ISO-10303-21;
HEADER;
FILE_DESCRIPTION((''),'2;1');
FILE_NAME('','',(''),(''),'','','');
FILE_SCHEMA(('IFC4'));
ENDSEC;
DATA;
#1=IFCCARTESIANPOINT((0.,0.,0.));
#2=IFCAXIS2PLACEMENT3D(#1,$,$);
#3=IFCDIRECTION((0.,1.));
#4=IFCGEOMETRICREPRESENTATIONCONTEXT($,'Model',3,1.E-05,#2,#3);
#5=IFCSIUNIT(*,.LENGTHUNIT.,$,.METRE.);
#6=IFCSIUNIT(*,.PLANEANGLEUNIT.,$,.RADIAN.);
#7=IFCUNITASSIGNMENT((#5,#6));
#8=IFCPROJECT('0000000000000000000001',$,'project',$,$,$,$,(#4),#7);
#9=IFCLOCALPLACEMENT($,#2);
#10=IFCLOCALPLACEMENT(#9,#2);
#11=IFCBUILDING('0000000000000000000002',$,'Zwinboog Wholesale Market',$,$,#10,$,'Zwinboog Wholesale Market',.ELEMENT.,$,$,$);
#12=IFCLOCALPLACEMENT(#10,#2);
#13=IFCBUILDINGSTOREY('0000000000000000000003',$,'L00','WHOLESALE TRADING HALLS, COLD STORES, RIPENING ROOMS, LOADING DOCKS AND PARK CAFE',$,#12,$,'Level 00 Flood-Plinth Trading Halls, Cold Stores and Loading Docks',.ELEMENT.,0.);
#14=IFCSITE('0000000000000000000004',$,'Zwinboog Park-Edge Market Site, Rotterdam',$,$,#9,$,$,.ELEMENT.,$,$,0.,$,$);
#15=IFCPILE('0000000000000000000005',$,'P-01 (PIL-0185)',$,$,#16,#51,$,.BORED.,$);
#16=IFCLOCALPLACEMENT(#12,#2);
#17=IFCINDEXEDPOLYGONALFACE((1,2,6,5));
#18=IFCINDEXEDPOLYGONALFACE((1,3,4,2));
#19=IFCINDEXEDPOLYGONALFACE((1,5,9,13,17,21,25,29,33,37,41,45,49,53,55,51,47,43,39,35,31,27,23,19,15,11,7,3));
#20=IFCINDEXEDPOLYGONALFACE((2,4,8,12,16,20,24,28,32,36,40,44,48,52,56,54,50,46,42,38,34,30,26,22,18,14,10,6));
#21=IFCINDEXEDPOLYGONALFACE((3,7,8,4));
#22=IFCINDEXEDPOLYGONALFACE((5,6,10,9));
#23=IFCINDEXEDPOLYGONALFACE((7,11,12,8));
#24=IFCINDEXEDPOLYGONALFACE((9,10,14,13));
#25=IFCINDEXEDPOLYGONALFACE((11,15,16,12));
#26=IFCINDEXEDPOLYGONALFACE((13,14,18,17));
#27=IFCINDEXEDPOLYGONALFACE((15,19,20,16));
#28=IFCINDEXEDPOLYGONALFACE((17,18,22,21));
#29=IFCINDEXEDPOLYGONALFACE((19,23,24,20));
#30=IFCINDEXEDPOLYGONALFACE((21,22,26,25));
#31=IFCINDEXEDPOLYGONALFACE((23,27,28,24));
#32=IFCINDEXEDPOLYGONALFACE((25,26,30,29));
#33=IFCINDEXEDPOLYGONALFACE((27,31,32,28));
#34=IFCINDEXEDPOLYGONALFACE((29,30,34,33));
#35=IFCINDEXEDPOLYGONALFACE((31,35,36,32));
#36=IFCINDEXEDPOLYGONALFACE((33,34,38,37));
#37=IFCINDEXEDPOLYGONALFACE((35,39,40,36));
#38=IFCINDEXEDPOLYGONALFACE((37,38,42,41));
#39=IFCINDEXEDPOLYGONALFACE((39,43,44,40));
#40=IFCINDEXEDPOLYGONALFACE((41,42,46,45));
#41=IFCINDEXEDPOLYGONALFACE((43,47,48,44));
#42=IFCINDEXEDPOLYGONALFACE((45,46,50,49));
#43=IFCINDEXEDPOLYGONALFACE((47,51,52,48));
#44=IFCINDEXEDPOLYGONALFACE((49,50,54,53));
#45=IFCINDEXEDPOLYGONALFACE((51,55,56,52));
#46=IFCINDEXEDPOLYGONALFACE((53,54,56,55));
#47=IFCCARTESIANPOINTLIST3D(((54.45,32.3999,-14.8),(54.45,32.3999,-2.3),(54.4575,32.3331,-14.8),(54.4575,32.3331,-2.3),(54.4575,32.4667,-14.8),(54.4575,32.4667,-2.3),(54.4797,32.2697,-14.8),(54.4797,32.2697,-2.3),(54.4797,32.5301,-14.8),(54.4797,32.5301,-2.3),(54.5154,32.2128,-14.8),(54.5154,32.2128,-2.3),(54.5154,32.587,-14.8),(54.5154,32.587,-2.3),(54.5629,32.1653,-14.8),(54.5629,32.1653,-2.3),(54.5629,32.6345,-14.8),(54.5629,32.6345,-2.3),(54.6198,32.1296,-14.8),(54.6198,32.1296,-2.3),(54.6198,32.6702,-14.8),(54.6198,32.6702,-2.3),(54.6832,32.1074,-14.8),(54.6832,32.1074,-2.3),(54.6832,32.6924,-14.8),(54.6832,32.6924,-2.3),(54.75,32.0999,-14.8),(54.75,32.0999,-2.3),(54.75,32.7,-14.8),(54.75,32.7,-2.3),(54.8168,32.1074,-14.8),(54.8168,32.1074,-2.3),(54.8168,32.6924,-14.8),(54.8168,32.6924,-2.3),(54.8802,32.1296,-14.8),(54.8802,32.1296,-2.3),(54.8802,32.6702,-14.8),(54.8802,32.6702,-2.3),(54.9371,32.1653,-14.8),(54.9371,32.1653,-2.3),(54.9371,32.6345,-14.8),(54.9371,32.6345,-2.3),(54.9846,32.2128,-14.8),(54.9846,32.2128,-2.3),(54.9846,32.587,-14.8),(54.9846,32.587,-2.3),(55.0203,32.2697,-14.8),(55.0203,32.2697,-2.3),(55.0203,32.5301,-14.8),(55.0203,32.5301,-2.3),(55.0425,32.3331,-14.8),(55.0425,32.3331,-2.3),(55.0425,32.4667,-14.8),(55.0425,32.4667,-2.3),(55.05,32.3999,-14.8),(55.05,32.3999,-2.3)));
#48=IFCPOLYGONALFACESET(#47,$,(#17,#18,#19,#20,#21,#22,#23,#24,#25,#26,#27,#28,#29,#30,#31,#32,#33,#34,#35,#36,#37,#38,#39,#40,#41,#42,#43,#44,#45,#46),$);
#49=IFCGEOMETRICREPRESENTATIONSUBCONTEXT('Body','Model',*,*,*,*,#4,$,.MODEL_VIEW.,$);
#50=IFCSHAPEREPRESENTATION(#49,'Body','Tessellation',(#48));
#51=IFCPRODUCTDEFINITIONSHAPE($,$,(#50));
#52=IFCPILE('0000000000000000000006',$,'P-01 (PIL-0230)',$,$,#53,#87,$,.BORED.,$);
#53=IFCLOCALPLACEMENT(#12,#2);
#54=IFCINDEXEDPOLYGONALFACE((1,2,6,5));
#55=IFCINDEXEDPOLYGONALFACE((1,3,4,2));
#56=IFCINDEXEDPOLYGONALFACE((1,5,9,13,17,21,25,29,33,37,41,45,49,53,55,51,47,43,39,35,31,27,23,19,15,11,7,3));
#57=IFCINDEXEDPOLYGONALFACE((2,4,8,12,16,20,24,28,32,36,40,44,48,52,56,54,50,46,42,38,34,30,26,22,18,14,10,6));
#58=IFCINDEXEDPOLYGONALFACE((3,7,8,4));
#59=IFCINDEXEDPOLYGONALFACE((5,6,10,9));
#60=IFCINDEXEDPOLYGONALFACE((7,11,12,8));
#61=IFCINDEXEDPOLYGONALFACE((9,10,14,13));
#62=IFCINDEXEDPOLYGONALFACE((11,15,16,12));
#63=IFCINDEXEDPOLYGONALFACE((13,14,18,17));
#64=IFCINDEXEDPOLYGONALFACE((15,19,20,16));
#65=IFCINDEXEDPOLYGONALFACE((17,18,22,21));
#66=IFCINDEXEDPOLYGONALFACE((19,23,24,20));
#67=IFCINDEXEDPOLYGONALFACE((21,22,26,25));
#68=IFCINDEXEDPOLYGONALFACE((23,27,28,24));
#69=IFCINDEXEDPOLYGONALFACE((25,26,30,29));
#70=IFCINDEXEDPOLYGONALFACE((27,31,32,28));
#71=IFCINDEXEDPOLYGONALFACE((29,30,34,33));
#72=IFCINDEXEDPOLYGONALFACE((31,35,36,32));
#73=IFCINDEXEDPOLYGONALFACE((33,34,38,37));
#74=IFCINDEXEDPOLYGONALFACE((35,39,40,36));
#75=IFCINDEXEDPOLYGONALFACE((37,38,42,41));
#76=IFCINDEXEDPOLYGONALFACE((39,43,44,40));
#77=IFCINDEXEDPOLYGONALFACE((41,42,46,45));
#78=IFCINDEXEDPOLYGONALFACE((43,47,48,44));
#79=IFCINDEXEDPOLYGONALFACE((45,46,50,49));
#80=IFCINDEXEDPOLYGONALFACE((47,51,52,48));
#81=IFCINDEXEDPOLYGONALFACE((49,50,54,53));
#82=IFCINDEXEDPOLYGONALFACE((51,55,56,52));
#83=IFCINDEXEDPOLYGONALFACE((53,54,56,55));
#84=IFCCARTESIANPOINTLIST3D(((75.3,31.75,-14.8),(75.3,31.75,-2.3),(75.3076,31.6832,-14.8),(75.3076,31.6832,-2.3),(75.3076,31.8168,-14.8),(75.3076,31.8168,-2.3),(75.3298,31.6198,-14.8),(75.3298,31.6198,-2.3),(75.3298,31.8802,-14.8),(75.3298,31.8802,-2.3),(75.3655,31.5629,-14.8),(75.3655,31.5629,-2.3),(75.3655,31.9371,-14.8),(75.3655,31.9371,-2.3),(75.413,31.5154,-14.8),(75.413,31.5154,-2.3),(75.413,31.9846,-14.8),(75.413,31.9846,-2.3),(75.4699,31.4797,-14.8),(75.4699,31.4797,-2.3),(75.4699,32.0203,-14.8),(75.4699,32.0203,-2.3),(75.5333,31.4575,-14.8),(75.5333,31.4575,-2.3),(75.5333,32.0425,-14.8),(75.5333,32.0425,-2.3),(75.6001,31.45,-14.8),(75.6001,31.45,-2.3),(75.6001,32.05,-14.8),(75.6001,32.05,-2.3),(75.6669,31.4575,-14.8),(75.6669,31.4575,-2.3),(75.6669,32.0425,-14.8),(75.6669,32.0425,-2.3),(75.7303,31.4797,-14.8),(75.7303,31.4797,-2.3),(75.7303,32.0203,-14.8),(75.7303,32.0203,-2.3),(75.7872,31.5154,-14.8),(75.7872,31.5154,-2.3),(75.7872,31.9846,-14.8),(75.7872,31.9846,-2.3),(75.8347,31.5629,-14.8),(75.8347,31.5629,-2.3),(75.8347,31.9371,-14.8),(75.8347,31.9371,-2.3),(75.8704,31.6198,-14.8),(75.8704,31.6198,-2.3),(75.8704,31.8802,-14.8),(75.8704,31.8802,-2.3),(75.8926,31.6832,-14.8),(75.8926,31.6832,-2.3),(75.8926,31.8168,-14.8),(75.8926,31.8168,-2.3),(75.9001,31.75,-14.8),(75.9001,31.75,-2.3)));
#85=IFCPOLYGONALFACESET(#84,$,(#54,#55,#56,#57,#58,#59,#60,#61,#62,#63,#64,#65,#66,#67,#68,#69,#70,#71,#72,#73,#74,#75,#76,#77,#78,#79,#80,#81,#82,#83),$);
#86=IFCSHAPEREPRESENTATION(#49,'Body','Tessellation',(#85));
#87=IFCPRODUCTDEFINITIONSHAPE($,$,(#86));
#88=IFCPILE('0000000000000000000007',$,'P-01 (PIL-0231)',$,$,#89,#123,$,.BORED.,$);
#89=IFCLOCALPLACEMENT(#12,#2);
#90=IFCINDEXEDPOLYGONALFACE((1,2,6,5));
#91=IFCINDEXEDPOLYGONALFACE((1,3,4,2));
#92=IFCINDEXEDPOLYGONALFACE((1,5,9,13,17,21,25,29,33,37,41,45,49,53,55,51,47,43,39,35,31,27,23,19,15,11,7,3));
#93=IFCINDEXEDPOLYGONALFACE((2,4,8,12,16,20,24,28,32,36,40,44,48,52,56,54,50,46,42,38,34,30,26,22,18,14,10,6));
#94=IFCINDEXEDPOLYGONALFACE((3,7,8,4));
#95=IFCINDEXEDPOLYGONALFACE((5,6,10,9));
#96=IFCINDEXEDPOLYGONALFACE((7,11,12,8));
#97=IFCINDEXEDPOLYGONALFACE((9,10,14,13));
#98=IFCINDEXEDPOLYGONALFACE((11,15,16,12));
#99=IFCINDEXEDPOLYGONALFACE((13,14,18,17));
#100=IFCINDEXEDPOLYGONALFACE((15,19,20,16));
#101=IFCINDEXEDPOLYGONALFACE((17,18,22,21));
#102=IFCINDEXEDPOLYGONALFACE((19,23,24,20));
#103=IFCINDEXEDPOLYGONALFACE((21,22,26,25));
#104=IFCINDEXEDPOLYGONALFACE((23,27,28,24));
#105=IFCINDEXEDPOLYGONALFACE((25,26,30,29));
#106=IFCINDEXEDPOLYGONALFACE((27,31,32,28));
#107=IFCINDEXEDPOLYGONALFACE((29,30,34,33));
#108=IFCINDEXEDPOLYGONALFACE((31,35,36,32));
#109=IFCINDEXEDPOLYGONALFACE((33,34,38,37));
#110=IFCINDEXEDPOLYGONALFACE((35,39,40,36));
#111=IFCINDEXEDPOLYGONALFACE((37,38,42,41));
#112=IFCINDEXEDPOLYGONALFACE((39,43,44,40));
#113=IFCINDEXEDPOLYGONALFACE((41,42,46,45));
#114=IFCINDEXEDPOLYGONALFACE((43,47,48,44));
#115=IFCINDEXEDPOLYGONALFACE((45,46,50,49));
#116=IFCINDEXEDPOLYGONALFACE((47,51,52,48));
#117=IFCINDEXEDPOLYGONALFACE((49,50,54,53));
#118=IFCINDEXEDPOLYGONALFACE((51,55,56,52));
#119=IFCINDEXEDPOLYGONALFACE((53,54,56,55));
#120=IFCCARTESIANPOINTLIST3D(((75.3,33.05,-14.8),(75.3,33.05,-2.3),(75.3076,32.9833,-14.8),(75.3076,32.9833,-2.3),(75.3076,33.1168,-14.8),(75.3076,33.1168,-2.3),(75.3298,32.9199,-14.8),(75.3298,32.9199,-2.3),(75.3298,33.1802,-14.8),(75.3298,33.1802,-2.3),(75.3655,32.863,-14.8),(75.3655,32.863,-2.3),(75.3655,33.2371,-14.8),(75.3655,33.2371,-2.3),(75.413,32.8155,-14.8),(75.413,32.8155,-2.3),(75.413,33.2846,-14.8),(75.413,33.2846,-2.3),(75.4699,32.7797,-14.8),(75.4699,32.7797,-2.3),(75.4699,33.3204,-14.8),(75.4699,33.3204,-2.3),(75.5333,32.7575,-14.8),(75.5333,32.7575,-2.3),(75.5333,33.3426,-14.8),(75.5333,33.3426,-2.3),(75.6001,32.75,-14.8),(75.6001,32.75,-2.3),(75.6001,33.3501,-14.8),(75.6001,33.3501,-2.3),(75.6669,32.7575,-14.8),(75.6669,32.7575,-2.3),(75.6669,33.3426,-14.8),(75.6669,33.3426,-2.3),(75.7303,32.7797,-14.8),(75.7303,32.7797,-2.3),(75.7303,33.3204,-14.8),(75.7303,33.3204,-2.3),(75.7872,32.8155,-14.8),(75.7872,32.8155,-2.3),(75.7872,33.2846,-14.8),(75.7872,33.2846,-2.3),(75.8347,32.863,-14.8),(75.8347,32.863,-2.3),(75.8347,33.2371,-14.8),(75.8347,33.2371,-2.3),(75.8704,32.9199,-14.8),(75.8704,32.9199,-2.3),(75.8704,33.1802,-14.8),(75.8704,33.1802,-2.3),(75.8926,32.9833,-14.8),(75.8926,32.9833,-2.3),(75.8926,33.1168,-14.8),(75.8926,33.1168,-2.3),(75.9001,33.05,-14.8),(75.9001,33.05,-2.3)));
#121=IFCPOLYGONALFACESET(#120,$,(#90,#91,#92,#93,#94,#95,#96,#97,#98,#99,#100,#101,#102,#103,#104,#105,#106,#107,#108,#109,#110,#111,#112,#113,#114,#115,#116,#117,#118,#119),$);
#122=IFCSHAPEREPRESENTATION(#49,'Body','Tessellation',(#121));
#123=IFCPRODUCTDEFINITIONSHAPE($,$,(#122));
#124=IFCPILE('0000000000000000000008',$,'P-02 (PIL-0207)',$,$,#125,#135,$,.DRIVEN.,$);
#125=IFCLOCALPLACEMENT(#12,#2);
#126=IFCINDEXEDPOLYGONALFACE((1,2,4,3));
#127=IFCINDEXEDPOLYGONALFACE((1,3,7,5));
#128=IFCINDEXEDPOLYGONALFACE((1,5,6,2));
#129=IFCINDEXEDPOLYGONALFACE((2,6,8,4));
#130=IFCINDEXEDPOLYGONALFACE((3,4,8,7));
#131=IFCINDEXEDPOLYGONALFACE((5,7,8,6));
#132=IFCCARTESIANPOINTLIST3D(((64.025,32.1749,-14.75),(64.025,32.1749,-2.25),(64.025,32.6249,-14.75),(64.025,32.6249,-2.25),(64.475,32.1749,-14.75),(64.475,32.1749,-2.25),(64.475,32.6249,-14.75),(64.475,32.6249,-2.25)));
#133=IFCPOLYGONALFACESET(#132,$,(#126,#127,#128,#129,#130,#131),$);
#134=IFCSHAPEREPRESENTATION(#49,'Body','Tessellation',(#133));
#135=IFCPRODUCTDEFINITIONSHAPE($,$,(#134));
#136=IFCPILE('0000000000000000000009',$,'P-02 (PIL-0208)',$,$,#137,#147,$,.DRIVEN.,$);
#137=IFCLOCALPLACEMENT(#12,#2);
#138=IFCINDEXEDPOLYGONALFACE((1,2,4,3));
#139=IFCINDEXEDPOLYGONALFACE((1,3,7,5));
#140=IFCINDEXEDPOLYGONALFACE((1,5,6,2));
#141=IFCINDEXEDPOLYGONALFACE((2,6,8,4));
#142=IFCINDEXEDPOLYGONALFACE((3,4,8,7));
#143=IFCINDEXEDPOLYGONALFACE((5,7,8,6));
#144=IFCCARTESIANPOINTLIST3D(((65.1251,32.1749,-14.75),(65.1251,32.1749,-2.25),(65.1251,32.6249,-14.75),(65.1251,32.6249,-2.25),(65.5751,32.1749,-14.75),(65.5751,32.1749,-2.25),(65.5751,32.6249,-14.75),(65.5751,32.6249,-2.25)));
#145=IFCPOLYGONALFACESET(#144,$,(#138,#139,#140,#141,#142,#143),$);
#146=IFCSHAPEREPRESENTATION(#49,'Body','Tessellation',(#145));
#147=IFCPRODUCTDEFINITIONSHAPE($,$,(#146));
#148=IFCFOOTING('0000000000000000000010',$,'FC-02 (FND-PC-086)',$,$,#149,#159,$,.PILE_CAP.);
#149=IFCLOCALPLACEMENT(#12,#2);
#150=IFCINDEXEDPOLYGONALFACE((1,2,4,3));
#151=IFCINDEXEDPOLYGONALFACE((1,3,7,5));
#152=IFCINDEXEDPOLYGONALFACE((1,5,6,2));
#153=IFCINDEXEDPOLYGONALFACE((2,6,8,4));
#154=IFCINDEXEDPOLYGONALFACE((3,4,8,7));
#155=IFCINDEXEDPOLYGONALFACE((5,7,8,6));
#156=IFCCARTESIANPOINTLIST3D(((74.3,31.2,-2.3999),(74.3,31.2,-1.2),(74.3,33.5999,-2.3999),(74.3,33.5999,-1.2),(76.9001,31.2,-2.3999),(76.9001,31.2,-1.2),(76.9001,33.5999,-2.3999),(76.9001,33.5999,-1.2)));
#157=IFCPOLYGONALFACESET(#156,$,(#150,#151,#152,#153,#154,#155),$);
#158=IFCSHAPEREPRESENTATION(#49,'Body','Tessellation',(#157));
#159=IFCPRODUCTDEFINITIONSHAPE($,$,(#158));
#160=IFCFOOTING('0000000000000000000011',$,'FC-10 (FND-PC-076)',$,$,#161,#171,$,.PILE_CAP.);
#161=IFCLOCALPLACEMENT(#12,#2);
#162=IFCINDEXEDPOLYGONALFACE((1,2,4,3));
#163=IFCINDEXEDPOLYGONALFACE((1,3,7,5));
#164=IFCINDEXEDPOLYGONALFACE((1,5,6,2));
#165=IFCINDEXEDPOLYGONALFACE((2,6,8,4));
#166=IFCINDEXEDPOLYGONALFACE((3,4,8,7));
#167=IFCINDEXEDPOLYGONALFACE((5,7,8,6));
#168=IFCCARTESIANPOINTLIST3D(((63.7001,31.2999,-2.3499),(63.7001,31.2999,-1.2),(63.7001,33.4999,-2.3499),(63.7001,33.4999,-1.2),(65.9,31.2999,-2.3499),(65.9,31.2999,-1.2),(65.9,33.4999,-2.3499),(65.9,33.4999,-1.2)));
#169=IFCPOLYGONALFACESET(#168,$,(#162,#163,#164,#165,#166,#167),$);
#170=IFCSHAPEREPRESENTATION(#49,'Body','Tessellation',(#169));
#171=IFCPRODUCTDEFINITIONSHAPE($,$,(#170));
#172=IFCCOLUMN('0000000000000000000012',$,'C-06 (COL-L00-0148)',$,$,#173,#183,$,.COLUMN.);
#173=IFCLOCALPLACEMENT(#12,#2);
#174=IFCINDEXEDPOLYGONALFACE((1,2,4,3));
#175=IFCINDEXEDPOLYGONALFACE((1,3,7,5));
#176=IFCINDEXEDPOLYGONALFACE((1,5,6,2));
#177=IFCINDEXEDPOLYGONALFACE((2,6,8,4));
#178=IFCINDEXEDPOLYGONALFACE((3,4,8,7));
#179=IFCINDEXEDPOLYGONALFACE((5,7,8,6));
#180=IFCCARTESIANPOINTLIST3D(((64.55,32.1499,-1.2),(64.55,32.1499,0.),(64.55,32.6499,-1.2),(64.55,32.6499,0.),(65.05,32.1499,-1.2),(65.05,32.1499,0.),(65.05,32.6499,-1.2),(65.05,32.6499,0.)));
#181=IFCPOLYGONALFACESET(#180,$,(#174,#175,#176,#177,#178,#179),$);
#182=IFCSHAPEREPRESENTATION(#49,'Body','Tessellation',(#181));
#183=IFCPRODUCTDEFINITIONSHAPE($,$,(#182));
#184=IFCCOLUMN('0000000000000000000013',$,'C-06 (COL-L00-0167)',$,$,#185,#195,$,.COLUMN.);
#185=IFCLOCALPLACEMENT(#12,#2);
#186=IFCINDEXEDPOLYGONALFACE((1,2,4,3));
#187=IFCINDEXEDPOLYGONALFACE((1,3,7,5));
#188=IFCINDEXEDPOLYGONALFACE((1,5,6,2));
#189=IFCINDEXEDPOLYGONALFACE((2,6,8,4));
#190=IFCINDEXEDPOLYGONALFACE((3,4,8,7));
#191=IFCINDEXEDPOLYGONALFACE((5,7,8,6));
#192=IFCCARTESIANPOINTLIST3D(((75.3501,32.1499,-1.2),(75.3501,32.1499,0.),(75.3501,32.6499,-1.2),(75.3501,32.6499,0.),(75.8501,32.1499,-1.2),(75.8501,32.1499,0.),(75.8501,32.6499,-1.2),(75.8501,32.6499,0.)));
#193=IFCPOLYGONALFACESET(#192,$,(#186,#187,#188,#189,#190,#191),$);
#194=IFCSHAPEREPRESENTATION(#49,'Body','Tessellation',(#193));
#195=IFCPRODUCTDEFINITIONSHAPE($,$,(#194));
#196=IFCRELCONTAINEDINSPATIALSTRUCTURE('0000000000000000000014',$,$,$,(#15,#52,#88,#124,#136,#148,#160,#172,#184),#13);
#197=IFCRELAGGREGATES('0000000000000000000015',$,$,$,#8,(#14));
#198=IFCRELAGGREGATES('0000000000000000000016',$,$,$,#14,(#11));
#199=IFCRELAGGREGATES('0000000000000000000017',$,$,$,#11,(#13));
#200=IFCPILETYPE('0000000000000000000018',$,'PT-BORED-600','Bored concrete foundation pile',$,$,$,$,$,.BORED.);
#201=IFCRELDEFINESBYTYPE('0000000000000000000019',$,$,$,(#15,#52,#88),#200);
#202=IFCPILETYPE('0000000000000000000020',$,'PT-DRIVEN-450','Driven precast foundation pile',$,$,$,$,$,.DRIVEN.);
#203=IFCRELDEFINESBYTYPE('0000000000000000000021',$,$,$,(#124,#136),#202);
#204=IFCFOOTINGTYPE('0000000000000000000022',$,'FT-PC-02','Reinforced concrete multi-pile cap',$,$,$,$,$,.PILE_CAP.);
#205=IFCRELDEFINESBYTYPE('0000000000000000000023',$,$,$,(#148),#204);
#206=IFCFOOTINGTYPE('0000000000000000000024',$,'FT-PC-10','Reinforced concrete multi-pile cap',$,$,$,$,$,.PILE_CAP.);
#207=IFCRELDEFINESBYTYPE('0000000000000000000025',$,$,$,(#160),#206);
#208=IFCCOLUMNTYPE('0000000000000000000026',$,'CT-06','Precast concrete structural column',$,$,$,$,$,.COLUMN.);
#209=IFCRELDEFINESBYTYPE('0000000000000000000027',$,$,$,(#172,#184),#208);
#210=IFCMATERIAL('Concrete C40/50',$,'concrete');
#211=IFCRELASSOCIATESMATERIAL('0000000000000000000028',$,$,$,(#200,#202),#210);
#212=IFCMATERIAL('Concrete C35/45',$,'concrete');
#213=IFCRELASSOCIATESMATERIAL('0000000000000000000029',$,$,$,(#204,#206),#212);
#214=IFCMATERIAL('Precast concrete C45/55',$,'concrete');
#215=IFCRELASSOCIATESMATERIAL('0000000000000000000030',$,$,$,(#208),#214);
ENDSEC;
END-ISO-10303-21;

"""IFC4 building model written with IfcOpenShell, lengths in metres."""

from ifc_helpers import new_model, si_unit, direction, frame, origin, origin_2d, place, context, subcontext, project, spatial, rectangle, circle, extrude, material, material_profile, profile_set, type_object, element, save


model = new_model("IFC4")

# Units and contexts
model_context = context("Model", 3, precision=1e-05, world=origin(), true_north=direction((0.0, 1.0)))
body_context = subcontext(model_context, "Body", "Model", "MODEL_VIEW")
ifc_project = project(units=[si_unit("LENGTHUNIT", "METRE"), si_unit("PLANEANGLEUNIT", "RADIAN")], contexts=[model_context])

# Site, building, storey
site_placement = place(None, origin())
site = spatial("IfcSite", under=ifc_project, at=site_placement, Name="Zwinboog Park-Edge Market Site, Rotterdam", CompositionType="ELEMENT", RefElevation=0.0)
building_placement = place(site_placement, origin())
building = spatial("IfcBuilding", under=site, at=building_placement, Name="Zwinboog Wholesale Market", LongName="Zwinboog Wholesale Market", CompositionType="ELEMENT")
storey_placement = place(building_placement, origin())
storey = spatial("IfcBuildingStorey", under=building, at=storey_placement, Name="L00", Description="WHOLESALE TRADING HALLS, COLD STORES, RIPENING ROOMS, LOADING DOCKS AND PARK CAFE", LongName="Level 00 Flood-Plinth Trading Halls, Cold Stores and Loading Docks", CompositionType="ELEMENT", Elevation=0.0)

# Piles
ifc_material_1 = material(Name="Concrete C40/50", Category="concrete")
ifc_material_profile_1 = material_profile(ifc_material_1, circle(Radius=0.3, at=origin_2d()), Name="PILE D600")
ifc_profile_set_1 = profile_set([ifc_material_profile_1], Name="Concrete C40/50")
pile_type_1 = type_object("IfcPileType", Name="PT-BORED-600", Description="Bored concrete foundation pile", PredefinedType="BORED", material=ifc_profile_set_1)
for number, where, z_axis, x_axis, name in (
    (1, (54.75, 32.3999, -2.3), (0.0, 0.0, -1.0), (1.0, 0.0, 0.0), "P-01 (PIL-0185)"),
    (2, (75.6001, 31.75, -2.3), (0.0, 0.0, -1.0), (1.0, 0.0, 0.0), "P-01 (PIL-0230)"),
    (3, (75.6001, 33.05, -2.3), (0.0, 0.0, -1.0), (1.0, 0.0, 0.0), "P-01 (PIL-0231)"),
):
    element("IfcPile", number, at=place(storey_placement, frame(where, z_axis=z_axis, x_axis=x_axis)), inside=storey, type_object=pile_type_1, Name=name, PredefinedType="BORED", context=body_context, shape_type="SweptSolid", body=[
        extrude(circle(Radius=0.3, at=origin_2d()), origin(), (0.0, 0.0, 1.0), 12.5),
    ])
ifc_material_profile_2 = material_profile(ifc_material_1, rectangle(XDim=0.45, YDim=0.45, at=origin_2d()), Name="PILE SQ450")
ifc_profile_set_2 = profile_set([ifc_material_profile_2], Name="Concrete C40/50")
pile_type_2 = type_object("IfcPileType", Name="PT-DRIVEN-450", Description="Driven precast foundation pile", PredefinedType="DRIVEN", material=ifc_profile_set_2)
for number, where, z_axis, x_axis, name in (
    (4, (64.25, 32.3999, -2.25), (0.0, 0.0, -1.0), (1.0, 0.0, 0.0), "P-02 (PIL-0207)"),
    (5, (65.3501, 32.3999, -2.25), (0.0, 0.0, -1.0), (1.0, 0.0, 0.0), "P-02 (PIL-0208)"),
):
    element("IfcPile", number, at=place(storey_placement, frame(where, z_axis=z_axis, x_axis=x_axis)), inside=storey, type_object=pile_type_2, Name=name, PredefinedType="DRIVEN", context=body_context, shape_type="SweptSolid", body=[
        extrude(rectangle(XDim=0.45, YDim=0.45, at=origin_2d()), origin(), (0.0, 0.0, 1.0), 12.5),
    ])

# Footings
ifc_material_2 = material(Name="Concrete C35/45", Category="concrete")
footing_type_1 = type_object("IfcFootingType", Name="FT-PC-02", Description="Reinforced concrete multi-pile cap", PredefinedType="PILE_CAP", material=ifc_material_2)
footing_1_placement = place(storey_placement, frame((75.6001, 32.3999, -2.3999), z_axis=(0.0, 0.0, 1.0), x_axis=(1.0, 0.0, 0.0)))
element("IfcFooting", 6, at=footing_1_placement, inside=storey, type_object=footing_type_1, Name="FC-02 (FND-PC-086)", PredefinedType="PILE_CAP", context=body_context, shape_type="SweptSolid", body=[
    extrude(rectangle(XDim=2.6001, YDim=2.3999, at=origin_2d()), origin(), (0.0, 0.0, 1.0), 1.2),
])
footing_type_2 = type_object("IfcFootingType", Name="FT-PC-10", Description="Reinforced concrete multi-pile cap", PredefinedType="PILE_CAP", material=ifc_material_2)
footing_2_placement = place(storey_placement, frame((64.8, 32.3999, -2.3499), z_axis=(0.0, 0.0, 1.0), x_axis=(1.0, 0.0, 0.0)))
element("IfcFooting", 7, at=footing_2_placement, inside=storey, type_object=footing_type_2, Name="FC-10 (FND-PC-076)", PredefinedType="PILE_CAP", context=body_context, shape_type="SweptSolid", body=[
    extrude(rectangle(XDim=2.2, YDim=2.2, at=origin_2d()), origin(), (0.0, 0.0, 1.0), 1.1499),
])

# Columns
ifc_material_3 = material(Name="Precast concrete C45/55", Category="concrete")
ifc_material_profile_3 = material_profile(ifc_material_3, rectangle(XDim=0.5, YDim=0.5, at=origin_2d()), Name="PC 500x500")
ifc_profile_set_3 = profile_set([ifc_material_profile_3], Name="Precast concrete C45/55")
column_type = type_object("IfcColumnType", Name="CT-06", Description="Precast concrete structural column", PredefinedType="COLUMN", material=ifc_profile_set_3)
for number, where, z_axis, x_axis, name in (
    (8, (64.8, 32.3999, -1.2), (0.0, 0.0, 1.0), (1.0, 0.0, 0.0), "C-06 (COL-L00-0148)"),
    (9, (75.6001, 32.3999, -1.2), (0.0, 0.0, 1.0), (1.0, 0.0, 0.0), "C-06 (COL-L00-0167)"),
):
    element("IfcColumn", number, at=place(storey_placement, frame(where, z_axis=z_axis, x_axis=x_axis)), inside=storey, type_object=column_type, Name=name, PredefinedType="COLUMN", context=body_context, shape_type="SweptSolid", body=[
        extrude(rectangle(XDim=0.5, YDim=0.5, at=origin_2d()), origin(), (0.0, 0.0, 1.0), 1.2),
    ])

save(model, "model.ifc")
